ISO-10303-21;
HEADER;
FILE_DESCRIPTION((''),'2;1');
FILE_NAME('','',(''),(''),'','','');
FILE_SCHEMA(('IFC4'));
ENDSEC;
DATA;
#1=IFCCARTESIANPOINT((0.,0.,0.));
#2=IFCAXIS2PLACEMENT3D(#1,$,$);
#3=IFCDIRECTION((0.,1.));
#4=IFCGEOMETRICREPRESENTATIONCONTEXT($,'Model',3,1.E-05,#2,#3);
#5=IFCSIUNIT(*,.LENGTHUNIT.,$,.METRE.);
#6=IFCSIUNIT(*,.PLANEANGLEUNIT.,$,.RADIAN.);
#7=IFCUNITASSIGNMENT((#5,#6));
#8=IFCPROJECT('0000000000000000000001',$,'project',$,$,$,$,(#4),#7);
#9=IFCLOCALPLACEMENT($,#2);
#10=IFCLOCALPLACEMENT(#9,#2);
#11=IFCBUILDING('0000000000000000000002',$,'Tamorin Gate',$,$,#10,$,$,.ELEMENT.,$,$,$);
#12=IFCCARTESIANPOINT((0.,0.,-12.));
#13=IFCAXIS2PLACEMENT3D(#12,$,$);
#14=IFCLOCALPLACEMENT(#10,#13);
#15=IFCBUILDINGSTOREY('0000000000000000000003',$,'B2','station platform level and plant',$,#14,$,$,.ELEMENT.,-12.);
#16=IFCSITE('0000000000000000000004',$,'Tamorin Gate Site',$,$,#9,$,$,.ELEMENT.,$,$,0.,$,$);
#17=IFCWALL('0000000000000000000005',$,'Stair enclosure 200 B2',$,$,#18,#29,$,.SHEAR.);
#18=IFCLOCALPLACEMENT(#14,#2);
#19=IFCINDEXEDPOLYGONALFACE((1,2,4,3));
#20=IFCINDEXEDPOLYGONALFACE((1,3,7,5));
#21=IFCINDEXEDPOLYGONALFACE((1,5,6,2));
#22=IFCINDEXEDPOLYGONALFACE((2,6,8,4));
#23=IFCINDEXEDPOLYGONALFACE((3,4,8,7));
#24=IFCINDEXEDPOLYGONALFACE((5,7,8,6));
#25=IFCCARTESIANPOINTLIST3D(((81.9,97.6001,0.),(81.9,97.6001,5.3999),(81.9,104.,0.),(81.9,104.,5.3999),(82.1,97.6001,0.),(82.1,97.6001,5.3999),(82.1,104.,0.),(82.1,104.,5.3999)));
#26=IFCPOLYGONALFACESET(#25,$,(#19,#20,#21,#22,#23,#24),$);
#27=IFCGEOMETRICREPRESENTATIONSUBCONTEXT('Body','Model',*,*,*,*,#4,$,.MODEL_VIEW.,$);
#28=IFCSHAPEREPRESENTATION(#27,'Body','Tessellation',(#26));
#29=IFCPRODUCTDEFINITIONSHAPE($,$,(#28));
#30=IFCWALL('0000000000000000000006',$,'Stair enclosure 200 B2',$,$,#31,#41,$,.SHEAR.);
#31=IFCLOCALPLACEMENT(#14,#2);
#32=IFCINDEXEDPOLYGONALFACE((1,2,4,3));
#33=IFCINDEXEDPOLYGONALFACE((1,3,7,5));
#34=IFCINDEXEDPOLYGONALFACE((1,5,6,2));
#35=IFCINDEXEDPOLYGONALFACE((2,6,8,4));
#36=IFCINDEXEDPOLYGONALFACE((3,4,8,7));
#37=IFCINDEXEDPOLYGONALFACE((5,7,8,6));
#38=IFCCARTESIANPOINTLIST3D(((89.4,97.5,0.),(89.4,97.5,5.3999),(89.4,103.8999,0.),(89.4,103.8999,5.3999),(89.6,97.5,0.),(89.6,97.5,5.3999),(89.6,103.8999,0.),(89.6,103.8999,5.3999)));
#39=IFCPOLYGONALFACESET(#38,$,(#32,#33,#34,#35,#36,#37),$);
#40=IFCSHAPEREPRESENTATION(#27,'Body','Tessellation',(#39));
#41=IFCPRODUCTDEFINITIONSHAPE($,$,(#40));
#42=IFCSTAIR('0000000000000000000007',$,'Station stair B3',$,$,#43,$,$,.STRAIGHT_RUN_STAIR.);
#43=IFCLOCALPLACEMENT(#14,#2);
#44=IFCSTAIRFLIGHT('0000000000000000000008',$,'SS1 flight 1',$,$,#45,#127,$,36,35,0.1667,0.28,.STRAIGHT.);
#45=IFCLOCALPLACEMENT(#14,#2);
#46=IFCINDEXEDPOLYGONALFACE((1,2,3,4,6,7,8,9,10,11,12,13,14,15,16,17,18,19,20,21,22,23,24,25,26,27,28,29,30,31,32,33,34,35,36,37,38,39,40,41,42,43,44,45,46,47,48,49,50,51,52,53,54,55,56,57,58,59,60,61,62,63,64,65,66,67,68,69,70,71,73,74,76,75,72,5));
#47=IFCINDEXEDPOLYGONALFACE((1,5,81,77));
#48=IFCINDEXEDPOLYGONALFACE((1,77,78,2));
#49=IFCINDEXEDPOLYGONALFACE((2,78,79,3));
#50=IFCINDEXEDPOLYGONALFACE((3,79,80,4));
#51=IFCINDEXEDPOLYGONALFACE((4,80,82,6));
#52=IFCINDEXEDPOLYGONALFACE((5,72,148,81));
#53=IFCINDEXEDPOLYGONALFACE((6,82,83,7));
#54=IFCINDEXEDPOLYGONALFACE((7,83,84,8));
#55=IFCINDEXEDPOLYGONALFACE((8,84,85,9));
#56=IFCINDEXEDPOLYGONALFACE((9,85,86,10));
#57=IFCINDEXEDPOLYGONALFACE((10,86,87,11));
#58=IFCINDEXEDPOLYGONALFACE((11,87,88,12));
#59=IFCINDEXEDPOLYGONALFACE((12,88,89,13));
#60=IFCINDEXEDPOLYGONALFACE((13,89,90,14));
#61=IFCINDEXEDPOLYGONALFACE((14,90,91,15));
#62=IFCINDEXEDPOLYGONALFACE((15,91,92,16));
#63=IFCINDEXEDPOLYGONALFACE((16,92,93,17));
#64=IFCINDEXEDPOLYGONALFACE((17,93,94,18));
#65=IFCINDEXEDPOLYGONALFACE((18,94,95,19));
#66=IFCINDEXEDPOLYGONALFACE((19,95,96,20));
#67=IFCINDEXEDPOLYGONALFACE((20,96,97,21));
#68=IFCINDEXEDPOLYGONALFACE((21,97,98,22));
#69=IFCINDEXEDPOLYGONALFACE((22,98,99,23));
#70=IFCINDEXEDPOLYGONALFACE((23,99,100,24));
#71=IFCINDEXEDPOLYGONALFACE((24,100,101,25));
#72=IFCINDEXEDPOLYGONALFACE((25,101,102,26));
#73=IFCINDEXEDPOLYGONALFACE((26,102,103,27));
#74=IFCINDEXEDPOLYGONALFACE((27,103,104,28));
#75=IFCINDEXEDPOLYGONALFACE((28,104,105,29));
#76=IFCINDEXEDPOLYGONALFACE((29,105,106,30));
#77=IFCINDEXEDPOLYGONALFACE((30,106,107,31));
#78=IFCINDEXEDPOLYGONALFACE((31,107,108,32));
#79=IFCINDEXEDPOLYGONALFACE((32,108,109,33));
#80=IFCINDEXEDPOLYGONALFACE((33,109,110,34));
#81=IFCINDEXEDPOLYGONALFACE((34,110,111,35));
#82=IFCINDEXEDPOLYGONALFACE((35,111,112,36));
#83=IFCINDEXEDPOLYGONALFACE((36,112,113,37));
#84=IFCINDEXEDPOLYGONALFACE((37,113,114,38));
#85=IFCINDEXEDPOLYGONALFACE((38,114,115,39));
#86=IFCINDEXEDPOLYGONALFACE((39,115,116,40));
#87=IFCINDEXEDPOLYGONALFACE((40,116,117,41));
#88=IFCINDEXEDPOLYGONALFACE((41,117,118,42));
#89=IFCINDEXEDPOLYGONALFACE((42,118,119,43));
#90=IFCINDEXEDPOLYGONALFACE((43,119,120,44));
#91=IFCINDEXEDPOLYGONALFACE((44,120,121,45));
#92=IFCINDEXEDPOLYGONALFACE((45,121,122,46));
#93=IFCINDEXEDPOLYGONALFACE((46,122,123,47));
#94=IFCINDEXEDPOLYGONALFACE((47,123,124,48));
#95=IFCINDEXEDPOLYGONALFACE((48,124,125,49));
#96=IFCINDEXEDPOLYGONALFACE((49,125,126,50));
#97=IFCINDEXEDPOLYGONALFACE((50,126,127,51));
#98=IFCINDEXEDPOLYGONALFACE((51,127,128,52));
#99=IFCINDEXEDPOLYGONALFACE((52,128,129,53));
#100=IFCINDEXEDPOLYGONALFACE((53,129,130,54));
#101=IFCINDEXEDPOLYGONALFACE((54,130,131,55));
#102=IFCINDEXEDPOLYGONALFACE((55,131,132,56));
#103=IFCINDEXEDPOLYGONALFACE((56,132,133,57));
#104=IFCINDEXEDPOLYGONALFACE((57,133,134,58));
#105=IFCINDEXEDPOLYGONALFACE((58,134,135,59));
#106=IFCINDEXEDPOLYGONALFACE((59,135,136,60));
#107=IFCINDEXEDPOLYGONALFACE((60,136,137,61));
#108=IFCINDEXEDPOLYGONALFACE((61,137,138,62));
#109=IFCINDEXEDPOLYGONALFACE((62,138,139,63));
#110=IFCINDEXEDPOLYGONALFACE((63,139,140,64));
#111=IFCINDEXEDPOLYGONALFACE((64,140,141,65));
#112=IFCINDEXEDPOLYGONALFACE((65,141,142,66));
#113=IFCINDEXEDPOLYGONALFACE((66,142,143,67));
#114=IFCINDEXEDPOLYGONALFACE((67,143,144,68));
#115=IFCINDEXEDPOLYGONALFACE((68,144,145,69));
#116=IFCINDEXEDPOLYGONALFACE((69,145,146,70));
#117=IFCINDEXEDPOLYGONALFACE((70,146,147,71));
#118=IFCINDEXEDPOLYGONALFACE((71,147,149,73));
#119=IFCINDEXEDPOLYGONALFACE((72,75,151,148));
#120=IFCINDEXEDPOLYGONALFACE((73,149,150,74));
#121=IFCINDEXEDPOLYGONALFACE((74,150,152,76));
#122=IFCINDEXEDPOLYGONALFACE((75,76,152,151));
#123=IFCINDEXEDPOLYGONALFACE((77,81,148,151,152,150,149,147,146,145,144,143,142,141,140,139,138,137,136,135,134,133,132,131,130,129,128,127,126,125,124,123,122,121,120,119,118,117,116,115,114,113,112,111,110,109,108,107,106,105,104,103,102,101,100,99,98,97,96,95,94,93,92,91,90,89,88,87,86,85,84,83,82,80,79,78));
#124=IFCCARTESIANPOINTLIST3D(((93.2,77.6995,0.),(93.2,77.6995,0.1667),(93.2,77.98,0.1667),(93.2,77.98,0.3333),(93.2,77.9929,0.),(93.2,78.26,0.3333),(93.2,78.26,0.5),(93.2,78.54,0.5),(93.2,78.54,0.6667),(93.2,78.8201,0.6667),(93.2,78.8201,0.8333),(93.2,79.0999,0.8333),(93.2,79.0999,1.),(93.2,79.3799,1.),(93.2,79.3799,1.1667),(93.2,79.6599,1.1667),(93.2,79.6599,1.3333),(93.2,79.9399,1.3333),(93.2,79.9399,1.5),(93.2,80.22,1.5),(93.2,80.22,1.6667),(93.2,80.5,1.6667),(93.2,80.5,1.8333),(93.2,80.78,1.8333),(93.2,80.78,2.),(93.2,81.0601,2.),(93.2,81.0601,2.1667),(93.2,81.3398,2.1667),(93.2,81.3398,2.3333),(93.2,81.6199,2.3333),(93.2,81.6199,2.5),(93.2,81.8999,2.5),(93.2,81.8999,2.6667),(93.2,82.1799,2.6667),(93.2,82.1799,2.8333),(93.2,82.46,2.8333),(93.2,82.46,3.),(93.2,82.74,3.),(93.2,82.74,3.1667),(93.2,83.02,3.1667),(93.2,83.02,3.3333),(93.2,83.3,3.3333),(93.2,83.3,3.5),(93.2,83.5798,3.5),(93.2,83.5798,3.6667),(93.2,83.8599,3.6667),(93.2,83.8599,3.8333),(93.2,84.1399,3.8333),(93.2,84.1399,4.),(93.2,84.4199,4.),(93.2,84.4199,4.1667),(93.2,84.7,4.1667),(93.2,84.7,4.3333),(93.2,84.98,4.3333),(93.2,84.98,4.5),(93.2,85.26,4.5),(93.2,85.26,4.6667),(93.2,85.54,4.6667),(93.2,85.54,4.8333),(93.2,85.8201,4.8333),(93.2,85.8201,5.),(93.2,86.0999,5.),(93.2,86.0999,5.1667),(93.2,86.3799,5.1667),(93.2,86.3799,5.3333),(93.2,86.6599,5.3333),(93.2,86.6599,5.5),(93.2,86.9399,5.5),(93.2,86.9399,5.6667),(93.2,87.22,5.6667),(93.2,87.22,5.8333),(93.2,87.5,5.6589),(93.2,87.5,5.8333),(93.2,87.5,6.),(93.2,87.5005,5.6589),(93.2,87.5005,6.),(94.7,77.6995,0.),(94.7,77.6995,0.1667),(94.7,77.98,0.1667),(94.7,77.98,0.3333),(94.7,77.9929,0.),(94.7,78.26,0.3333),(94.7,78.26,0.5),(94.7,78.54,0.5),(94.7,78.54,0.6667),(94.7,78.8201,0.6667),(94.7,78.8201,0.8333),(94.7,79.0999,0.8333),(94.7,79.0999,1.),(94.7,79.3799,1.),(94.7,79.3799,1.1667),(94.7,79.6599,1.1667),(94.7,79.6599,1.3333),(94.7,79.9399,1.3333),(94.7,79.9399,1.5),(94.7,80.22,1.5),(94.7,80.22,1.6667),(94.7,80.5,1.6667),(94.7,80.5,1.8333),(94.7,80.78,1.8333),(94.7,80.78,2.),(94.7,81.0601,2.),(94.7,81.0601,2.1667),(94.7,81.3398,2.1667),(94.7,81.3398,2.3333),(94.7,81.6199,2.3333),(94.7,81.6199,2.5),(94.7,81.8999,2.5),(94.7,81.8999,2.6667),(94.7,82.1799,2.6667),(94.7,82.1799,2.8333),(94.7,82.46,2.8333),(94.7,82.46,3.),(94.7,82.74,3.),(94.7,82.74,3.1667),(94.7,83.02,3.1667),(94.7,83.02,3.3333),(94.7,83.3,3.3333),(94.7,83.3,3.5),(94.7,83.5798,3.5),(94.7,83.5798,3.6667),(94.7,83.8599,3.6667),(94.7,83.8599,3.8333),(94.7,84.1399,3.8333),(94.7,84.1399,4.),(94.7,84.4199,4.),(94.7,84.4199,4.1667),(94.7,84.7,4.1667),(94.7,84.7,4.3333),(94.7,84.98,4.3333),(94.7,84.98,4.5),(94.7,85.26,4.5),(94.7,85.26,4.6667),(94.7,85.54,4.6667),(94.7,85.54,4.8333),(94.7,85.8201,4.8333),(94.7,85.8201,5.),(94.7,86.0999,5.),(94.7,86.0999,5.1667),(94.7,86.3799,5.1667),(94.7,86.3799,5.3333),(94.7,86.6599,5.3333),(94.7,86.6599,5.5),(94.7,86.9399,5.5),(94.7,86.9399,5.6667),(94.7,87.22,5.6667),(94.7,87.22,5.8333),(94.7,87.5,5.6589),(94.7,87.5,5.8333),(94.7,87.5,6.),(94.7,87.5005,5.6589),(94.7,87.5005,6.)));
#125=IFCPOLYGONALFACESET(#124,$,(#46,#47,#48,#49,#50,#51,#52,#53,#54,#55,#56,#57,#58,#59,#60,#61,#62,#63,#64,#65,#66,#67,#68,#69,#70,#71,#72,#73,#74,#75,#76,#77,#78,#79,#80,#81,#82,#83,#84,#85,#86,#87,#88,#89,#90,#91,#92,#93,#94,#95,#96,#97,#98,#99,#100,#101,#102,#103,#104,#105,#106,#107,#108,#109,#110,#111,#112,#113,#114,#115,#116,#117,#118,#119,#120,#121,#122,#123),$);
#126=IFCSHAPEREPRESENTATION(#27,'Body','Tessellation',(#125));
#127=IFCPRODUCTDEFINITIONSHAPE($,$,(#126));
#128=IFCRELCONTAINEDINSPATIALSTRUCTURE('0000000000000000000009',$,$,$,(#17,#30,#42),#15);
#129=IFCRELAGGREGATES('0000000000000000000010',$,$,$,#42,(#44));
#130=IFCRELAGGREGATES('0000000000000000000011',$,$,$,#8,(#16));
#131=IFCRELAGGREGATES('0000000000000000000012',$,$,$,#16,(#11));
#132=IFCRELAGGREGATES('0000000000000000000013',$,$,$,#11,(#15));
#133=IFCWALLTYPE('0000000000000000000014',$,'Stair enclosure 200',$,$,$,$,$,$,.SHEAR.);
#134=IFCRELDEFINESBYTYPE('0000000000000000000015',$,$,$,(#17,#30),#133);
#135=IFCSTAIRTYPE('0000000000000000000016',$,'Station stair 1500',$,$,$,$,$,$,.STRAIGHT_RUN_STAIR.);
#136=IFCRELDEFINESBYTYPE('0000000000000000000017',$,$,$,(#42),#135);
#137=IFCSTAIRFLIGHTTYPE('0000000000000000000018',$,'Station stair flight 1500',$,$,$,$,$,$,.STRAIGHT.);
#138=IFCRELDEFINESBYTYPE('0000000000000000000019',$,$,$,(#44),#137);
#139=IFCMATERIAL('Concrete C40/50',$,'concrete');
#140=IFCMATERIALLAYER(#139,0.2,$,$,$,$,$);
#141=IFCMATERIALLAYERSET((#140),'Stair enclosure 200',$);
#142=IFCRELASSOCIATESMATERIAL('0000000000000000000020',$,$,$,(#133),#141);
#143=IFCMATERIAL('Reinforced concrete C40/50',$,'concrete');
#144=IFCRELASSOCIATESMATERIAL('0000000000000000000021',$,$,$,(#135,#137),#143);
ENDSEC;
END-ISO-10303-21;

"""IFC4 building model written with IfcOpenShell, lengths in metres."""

from ifc_helpers import new_model, si_unit, direction, frame, frame_2d, origin, place, context, subcontext, project, spatial, polyline, rectangle, outline, extrude, material, layer, layer_set, type_object, element, aggregate, save


model = new_model("IFC4")

# Units and contexts
model_context = context("Model", 3, precision=1e-05, world=origin(), true_north=direction((0.0, 1.0)))
body_context = subcontext(model_context, "Body", "Model", "MODEL_VIEW")
ifc_project = project(units=[si_unit("LENGTHUNIT", "METRE"), si_unit("PLANEANGLEUNIT", "RADIAN")], contexts=[model_context])

# Site, building, storey
site_placement = place(None, origin())
site = spatial("IfcSite", under=ifc_project, at=site_placement, Name="Tamorin Gate Site", CompositionType="ELEMENT", RefElevation=0.0)
building_placement = place(site_placement, origin())
building = spatial("IfcBuilding", under=site, at=building_placement, Name="Tamorin Gate", CompositionType="ELEMENT")
storey_placement = place(building_placement, frame((0.0, 0.0, -12.0)))
storey = spatial("IfcBuildingStorey", under=building, at=storey_placement, Name="B2", Description="station platform level and plant", CompositionType="ELEMENT", Elevation=-12.0)

# Shared definitions
ifc_material_1 = material(Name="Concrete C40/50", Category="concrete")

# Shared definitions
ifc_layer_1 = layer(ifc_material_1, 0.2)
ifc_layer_set_1 = layer_set([ifc_layer_1], Name="Stair enclosure 200")
wall_type_1 = type_object("IfcWallType", Name="Stair enclosure 200", PredefinedType="SHEAR", material=ifc_layer_set_1)

# Walls
for number, where, z_axis, x_axis, name in (
    (1, (82.0, 97.6001, 0.0), (0.0, 0.0, 1.0), (0.0, 1.0, 0.0), "Stair enclosure 200 B2"),
    (2, (89.5, 97.5, 0.0), (0.0, 0.0, 1.0), (0.0, 1.0, 0.0), "Stair enclosure 200 B2"),
):
    element("IfcWall", number, at=place(storey_placement, frame(where, z_axis=z_axis, x_axis=x_axis)), inside=storey, type_object=wall_type_1, Name=name, PredefinedType="SHEAR", context=body_context, shape_type="SweptSolid", body=[
        extrude(rectangle(XDim=6.3999, YDim=0.2, at=frame_2d((3.2, 0.0))), origin(), (0.0, 0.0, 1.0), 5.3999),
    ])

# Stair, stair flight
ifc_material_2 = material(Name="Reinforced concrete C40/50", Category="concrete")
stair_type = type_object("IfcStairType", Name="Station stair 1500", PredefinedType="STRAIGHT_RUN_STAIR", material=ifc_material_2)
stair_placement = place(storey_placement, origin())
stair = element("IfcStair", 3, at=stair_placement, inside=storey, type_object=stair_type, Name="Station stair B3", PredefinedType="STRAIGHT_RUN_STAIR")
stair_flight_type = type_object("IfcStairFlightType", Name="Station stair flight 1500", PredefinedType="STRAIGHT", material=ifc_material_2)
stair_flight_placement = place(storey_placement, frame((93.95, 77.7, 0.0), z_axis=(0.0, 0.0, 1.0), x_axis=(0.0, 1.0, 0.0)))
stair_flight = element("IfcStairFlight", 4, at=stair_flight_placement, type_object=stair_flight_type, Name="SS1 flight 1", NumberOfRisers=36, NumberOfTreads=35, PredefinedType="STRAIGHT", RiserHeight=0.1667, TreadLength=0.28, context=body_context, shape_type="SweptSolid", body=[
    extrude(outline(polyline([(-0.0005, 0.0), (-0.0005, 0.1667), (0.28, 0.1667), (0.28, 0.3333), (0.5601, 0.3333), (0.5601, 0.5), (0.8401, 0.5), (0.8401, 0.6667), (1.1201, 0.6667), (1.1201, 0.8333), (1.3999, 0.8333), (1.3999, 1.0), (1.6799, 1.0), (1.6799, 1.1667), (1.96, 1.1667), (1.96, 1.3333), (2.24, 1.3333), (2.24, 1.5), (2.52, 1.5), (2.52, 1.6667), (2.8, 1.6667), (2.8, 1.8333), (3.0801, 1.8333), (3.0801, 2.0), (3.3601, 2.0), (3.3601, 2.1667), (3.6399, 2.1667), (3.6399, 2.3333), (3.9199, 2.3333), (3.9199, 2.5), (4.2, 2.5), (4.2, 2.6667), (4.48, 2.6667), (4.48, 2.8333), (4.76, 2.8333), (4.76, 3.0), (5.04, 3.0), (5.04, 3.1667), (5.3201, 3.1667), (5.3201, 3.3333), (5.6001, 3.3333), (5.6001, 3.5), (5.8799, 3.5), (5.8799, 3.6667), (6.1599, 3.6667), (6.1599, 3.8333), (6.4399, 3.8333), (6.4399, 4.0), (6.72, 4.0), (6.72, 4.1667), (7.0, 4.1667), (7.0, 4.3333), (7.28, 4.3333), (7.28, 4.5), (7.5601, 4.5), (7.5601, 4.6667), (7.8401, 4.6667), (7.8401, 4.8333), (8.1201, 4.8333), (8.1201, 5.0), (8.3999, 5.0), (8.3999, 5.1667), (8.6799, 5.1667), (8.6799, 5.3333), (8.96, 5.3333), (8.96, 5.5), (9.24, 5.5), (9.24, 5.6667), (9.52, 5.6667), (9.52, 5.8333), (9.8, 5.8333), (9.8, 6.0), (9.8005, 6.0), (9.8005, 5.6589), (9.8, 5.6589), (0.293, 0.0), (-0.0005, 0.0)])), frame((0.0, 0.75, 0.0), z_axis=(0.0, -1.0, 0.0), x_axis=(1.0, 0.0, 0.0)), (0.0, 0.0, 1.0), 1.5),
])
aggregate(stair, [stair_flight])

save(model, "model.ifc")
